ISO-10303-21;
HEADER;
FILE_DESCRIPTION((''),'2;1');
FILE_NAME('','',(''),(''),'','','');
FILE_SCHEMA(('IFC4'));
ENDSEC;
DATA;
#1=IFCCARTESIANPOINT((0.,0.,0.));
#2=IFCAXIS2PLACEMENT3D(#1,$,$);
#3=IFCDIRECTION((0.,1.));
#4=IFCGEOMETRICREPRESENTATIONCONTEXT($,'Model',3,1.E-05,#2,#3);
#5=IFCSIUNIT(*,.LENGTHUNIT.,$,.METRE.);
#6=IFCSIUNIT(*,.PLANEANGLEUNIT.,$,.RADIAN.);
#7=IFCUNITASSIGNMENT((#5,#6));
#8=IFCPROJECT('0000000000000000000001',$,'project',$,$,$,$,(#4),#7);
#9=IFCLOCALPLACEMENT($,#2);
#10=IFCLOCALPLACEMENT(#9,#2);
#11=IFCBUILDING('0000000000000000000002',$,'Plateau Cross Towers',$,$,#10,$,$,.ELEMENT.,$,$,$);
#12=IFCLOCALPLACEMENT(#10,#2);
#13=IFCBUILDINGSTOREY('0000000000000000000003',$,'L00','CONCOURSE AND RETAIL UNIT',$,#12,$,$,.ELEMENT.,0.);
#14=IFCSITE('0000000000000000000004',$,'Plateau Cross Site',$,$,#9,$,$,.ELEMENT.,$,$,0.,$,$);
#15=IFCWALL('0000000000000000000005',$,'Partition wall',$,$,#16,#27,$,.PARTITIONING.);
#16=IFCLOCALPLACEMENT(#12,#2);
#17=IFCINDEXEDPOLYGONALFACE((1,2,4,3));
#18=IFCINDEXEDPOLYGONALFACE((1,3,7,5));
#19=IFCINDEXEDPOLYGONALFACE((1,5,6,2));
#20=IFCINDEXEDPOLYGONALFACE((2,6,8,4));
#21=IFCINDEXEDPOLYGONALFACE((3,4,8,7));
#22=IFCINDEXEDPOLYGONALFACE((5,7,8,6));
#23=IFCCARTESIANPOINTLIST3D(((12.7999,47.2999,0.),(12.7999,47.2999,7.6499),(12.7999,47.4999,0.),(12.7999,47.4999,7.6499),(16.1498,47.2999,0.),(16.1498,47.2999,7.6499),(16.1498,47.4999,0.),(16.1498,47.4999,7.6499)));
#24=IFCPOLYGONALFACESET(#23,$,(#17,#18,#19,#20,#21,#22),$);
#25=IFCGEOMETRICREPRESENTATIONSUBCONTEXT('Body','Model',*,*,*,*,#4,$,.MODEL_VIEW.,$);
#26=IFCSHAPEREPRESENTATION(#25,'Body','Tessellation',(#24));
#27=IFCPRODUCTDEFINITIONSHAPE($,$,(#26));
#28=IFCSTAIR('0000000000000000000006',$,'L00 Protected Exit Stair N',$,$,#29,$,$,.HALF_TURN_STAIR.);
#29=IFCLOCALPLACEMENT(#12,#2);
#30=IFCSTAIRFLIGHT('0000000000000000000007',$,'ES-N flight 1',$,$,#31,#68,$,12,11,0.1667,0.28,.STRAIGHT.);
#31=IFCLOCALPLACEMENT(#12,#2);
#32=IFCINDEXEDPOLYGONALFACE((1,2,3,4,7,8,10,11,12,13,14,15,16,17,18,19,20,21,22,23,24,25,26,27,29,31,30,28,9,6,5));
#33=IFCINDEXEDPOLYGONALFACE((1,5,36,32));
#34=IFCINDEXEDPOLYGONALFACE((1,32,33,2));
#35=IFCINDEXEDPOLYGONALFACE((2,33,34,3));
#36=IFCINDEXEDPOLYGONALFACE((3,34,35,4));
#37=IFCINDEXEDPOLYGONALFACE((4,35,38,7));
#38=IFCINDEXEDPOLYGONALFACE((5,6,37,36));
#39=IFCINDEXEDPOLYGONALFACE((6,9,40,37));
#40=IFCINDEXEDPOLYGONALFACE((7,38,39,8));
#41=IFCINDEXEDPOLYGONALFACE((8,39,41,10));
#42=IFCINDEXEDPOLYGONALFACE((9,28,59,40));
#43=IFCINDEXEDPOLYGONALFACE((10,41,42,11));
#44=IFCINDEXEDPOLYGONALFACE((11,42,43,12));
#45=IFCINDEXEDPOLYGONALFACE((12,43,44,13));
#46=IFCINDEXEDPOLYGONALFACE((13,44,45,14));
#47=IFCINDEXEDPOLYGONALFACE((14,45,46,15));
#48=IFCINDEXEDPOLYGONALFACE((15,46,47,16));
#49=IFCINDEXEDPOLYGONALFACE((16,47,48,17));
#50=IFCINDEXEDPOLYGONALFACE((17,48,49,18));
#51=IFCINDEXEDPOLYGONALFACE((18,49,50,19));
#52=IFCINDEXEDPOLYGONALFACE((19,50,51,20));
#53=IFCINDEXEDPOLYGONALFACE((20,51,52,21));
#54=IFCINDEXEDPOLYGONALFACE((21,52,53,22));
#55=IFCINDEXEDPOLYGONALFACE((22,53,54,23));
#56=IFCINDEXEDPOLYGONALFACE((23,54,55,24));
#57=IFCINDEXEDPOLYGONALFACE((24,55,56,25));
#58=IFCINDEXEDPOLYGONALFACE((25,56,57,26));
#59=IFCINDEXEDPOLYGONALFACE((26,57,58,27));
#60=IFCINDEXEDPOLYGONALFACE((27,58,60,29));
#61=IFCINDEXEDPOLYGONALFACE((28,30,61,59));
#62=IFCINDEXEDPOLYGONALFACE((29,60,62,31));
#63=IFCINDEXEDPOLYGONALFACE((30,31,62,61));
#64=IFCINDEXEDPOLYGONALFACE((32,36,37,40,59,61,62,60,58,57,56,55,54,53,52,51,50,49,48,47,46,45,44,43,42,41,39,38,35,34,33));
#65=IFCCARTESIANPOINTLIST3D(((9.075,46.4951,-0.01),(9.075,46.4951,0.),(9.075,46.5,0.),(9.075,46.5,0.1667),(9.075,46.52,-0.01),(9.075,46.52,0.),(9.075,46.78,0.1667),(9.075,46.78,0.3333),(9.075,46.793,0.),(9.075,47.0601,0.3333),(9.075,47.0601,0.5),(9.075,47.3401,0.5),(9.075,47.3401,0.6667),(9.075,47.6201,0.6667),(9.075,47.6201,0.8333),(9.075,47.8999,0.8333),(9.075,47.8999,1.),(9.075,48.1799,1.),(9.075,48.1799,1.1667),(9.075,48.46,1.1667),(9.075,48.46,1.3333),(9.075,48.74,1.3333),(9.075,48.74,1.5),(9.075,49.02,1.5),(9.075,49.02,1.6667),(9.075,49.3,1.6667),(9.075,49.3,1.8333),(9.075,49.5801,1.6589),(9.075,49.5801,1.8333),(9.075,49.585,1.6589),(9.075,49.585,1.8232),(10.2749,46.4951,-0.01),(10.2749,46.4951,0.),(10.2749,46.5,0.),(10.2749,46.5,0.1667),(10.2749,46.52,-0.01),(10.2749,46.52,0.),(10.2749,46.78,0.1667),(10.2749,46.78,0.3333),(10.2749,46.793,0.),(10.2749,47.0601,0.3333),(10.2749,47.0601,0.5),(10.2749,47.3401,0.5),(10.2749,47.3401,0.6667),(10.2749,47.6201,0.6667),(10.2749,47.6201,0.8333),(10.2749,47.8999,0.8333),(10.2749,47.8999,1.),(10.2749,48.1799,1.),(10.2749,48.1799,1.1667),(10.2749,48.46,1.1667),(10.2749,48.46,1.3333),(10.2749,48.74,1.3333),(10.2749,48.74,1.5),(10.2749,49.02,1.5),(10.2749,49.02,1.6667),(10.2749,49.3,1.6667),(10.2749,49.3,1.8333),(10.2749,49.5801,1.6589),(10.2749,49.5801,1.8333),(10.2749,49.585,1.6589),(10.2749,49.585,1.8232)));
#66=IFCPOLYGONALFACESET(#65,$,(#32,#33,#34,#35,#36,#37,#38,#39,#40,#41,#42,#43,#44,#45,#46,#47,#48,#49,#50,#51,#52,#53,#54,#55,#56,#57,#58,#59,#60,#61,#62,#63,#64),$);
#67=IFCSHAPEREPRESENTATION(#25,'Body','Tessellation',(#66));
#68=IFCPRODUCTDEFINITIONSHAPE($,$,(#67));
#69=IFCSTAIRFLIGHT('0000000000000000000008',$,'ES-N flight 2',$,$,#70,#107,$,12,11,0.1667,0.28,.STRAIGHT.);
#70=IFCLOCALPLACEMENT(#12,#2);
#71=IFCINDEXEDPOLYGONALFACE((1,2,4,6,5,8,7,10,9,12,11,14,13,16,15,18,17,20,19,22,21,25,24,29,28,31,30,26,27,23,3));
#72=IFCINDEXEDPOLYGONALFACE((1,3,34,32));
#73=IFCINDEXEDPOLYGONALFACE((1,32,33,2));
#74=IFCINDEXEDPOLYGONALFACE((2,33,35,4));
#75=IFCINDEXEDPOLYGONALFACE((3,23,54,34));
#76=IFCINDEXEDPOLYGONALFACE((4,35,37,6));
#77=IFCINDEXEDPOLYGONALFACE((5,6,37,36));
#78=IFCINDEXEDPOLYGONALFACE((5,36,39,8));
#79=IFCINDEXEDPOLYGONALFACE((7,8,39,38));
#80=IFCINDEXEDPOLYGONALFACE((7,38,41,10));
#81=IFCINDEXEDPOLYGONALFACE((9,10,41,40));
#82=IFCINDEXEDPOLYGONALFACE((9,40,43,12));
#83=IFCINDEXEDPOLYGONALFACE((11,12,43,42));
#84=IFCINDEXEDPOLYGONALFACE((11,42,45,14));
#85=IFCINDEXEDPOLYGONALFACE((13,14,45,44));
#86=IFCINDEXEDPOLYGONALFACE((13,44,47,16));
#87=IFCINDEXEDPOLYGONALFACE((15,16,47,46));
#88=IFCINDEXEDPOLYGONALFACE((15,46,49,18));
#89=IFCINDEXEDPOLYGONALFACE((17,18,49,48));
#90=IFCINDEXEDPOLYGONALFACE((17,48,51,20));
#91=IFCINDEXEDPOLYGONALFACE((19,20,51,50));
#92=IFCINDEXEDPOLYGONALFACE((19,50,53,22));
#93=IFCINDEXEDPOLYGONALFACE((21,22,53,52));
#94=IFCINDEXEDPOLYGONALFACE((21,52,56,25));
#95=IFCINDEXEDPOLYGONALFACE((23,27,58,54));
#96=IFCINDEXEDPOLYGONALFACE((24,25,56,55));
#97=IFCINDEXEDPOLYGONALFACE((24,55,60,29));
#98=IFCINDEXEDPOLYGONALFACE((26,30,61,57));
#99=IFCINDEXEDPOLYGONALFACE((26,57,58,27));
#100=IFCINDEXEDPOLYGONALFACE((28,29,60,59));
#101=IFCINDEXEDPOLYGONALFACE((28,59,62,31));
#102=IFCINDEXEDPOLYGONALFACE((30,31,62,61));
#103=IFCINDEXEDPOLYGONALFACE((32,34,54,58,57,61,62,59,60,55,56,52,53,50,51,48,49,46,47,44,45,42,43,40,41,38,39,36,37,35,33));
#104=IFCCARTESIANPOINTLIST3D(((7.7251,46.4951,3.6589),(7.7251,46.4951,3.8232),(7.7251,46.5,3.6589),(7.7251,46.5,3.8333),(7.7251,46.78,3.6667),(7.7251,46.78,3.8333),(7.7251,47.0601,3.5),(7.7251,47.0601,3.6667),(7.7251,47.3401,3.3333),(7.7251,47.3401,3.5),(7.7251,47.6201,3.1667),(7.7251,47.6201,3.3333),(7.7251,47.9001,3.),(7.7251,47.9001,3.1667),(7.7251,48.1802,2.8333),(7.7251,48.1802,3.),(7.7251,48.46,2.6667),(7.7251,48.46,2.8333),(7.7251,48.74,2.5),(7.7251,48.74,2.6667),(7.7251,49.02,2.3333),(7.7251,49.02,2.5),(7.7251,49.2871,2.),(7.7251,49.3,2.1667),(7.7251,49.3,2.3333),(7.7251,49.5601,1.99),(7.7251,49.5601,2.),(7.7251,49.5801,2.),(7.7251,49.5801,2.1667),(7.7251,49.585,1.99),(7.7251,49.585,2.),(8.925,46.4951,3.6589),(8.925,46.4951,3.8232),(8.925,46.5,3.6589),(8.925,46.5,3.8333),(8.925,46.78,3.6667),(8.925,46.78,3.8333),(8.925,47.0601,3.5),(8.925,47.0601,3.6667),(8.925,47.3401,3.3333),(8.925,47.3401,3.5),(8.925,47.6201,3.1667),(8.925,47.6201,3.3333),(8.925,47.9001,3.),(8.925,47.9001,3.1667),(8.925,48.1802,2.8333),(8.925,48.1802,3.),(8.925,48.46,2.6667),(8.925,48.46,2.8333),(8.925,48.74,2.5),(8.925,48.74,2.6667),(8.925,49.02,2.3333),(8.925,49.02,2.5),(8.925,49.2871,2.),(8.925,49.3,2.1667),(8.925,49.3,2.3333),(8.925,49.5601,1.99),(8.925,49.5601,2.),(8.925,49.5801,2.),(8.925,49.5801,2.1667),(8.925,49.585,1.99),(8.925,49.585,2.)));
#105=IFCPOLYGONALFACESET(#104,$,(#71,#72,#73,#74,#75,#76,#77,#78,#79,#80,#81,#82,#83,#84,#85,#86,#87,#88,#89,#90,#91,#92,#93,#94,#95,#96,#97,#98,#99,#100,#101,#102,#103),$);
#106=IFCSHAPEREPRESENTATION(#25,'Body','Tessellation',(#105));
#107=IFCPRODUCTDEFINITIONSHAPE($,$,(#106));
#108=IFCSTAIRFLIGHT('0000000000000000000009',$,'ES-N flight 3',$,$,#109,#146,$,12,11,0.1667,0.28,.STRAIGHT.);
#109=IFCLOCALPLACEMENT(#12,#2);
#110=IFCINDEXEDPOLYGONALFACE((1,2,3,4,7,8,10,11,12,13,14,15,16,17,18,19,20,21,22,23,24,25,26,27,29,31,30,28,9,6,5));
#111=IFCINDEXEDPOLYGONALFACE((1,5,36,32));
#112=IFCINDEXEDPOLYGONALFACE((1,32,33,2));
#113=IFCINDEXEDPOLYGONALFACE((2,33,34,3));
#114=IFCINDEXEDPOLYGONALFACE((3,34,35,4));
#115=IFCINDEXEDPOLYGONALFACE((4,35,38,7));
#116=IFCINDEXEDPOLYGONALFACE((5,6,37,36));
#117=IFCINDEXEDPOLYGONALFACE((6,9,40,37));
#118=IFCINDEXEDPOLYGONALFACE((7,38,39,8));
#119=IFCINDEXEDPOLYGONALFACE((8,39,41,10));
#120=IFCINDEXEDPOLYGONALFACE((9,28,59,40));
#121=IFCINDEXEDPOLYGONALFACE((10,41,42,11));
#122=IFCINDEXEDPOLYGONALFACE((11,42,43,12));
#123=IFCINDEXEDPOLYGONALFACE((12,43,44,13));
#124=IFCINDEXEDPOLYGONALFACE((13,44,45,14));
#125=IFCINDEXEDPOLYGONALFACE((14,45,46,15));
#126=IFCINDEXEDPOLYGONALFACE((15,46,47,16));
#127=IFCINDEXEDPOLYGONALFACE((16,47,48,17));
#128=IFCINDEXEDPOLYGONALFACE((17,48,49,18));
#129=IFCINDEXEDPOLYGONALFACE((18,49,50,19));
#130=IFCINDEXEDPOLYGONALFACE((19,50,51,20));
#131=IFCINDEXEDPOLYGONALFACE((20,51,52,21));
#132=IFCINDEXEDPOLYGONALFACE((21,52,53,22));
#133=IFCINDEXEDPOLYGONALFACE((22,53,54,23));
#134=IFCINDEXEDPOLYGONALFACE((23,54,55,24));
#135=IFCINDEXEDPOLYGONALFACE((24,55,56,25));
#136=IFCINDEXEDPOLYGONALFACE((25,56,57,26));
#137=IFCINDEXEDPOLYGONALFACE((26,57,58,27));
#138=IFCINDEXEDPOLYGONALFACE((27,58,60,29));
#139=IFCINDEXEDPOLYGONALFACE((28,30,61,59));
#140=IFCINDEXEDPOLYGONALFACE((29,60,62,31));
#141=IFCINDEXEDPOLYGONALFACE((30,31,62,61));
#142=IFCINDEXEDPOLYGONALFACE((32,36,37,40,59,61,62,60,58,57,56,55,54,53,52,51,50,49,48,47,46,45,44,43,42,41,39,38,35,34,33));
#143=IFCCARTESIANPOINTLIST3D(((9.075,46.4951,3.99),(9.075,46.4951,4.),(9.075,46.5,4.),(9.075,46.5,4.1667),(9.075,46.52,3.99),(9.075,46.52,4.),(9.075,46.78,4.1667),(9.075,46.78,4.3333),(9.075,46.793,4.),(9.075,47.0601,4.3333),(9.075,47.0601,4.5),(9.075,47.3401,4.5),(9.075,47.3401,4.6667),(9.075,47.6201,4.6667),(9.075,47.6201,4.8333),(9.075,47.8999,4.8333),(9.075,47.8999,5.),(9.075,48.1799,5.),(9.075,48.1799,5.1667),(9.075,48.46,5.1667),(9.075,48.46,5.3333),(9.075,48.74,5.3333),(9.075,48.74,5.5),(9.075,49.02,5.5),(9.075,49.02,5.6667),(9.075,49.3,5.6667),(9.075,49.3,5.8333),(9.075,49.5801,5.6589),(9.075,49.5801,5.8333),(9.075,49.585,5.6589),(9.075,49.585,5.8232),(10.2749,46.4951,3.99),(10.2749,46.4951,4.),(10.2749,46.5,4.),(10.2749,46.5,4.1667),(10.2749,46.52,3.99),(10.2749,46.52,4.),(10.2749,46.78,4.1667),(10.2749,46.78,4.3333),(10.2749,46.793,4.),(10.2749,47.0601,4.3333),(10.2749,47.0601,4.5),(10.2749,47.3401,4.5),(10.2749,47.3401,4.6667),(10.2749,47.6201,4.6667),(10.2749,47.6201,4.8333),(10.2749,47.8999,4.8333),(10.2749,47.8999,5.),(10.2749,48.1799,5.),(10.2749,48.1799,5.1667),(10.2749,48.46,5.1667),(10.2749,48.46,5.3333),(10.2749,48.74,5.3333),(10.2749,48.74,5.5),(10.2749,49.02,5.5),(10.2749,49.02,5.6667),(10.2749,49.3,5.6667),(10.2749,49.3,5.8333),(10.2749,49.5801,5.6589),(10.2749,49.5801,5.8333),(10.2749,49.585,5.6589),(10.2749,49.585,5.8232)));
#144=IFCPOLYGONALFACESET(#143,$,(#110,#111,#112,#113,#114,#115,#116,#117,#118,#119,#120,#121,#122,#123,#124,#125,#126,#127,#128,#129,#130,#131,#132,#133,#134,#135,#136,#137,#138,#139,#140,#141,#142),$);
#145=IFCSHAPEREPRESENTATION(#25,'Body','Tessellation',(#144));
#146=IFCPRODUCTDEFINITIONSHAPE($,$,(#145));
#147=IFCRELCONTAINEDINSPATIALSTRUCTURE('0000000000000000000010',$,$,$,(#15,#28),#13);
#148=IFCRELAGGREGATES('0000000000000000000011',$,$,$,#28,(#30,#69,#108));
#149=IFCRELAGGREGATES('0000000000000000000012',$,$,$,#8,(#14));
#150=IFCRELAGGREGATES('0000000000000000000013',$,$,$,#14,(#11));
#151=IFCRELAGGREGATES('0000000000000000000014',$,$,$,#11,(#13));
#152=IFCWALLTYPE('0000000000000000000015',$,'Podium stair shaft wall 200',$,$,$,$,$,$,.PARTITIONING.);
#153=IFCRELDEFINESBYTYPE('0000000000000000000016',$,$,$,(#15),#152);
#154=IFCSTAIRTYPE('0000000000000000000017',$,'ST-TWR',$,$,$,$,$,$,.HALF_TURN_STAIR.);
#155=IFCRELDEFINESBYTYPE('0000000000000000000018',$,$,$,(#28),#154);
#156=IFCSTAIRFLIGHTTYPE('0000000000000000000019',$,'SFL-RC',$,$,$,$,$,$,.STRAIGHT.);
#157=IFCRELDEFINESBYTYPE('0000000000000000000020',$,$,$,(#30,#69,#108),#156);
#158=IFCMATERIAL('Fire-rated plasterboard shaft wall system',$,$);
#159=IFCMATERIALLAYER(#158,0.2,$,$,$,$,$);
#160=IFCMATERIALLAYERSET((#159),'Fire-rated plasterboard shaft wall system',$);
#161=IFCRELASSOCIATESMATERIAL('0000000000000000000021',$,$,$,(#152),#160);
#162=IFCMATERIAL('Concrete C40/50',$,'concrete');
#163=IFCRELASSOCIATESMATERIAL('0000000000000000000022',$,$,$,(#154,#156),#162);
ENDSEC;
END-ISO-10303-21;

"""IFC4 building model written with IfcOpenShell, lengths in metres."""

from ifc_helpers import new_model, si_unit, direction, frame, frame_2d, origin, place, context, subcontext, project, spatial, polyline, rectangle, outline, extrude, material, layer, layer_set, type_object, element, aggregate, save


model = new_model("IFC4")

# Units and contexts
model_context = context("Model", 3, precision=1e-05, world=origin(), true_north=direction((0.0, 1.0)))
body_context = subcontext(model_context, "Body", "Model", "MODEL_VIEW")
ifc_project = project(units=[si_unit("LENGTHUNIT", "METRE"), si_unit("PLANEANGLEUNIT", "RADIAN")], contexts=[model_context])

# Site, building, storey
site_placement = place(None, origin())
site = spatial("IfcSite", under=ifc_project, at=site_placement, Name="Plateau Cross Site", CompositionType="ELEMENT", RefElevation=0.0)
building_placement = place(site_placement, origin())
building = spatial("IfcBuilding", under=site, at=building_placement, Name="Plateau Cross Towers", CompositionType="ELEMENT")
storey_placement = place(building_placement, origin())
storey = spatial("IfcBuildingStorey", under=building, at=storey_placement, Name="L00", Description="CONCOURSE AND RETAIL UNIT", CompositionType="ELEMENT", Elevation=0.0)

# Wall
ifc_material_1 = material(Name="Fire-rated plasterboard shaft wall system")
ifc_layer_1 = layer(ifc_material_1, 0.2)
ifc_layer_set_1 = layer_set([ifc_layer_1], Name="Fire-rated plasterboard shaft wall system")
wall_type_1 = type_object("IfcWallType", Name="Podium stair shaft wall 200", PredefinedType="PARTITIONING", material=ifc_layer_set_1)
wall_1_placement = place(storey_placement, frame((12.8, 47.3999, 0.0), z_axis=(0.0, 0.0, 1.0), x_axis=(1.0, 0.0, 0.0)))
element("IfcWall", 1, at=wall_1_placement, inside=storey, type_object=wall_type_1, Name="Partition wall", PredefinedType="PARTITIONING", context=body_context, shape_type="SweptSolid", body=[
    extrude(rectangle(XDim=3.3499, YDim=0.2, at=frame_2d((1.6748, 0.0))), origin(), (0.0, 0.0, 1.0), 7.6499),
])

# Stair, stair flights
ifc_material_2 = material(Name="Concrete C40/50", Category="concrete")
stair_type = type_object("IfcStairType", Name="ST-TWR", PredefinedType="HALF_TURN_STAIR", material=ifc_material_2)
stair_placement = place(storey_placement, origin())
stair = element("IfcStair", 2, at=stair_placement, inside=storey, type_object=stair_type, Name="L00 Protected Exit Stair N", PredefinedType="HALF_TURN_STAIR")
stair_flight_type = type_object("IfcStairFlightType", Name="SFL-RC", PredefinedType="STRAIGHT", material=ifc_material_2)
stair_flight_1_placement = place(storey_placement, frame((9.675, 46.5, 0.0), z_axis=(0.0, 0.0, 1.0), x_axis=(0.0, 1.0, 0.0)))
stair_flight_1 = element("IfcStairFlight", 3, at=stair_flight_1_placement, type_object=stair_flight_type, Name="ES-N flight 1", NumberOfRisers=12, NumberOfTreads=11, PredefinedType="STRAIGHT", RiserHeight=0.1667, TreadLength=0.28, context=body_context, shape_type="SweptSolid", body=[
    extrude(outline(polyline([(-0.0049, -0.01), (-0.0049, 0.0), (0.0, 0.0), (0.0, 0.1667), (0.28, 0.1667), (0.28, 0.3333), (0.5601, 0.3333), (0.5601, 0.5), (0.8401, 0.5), (0.8401, 0.6667), (1.1201, 0.6667), (1.1201, 0.8333), (1.3999, 0.8333), (1.3999, 1.0), (1.6799, 1.0), (1.6799, 1.1667), (1.96, 1.1667), (1.96, 1.3333), (2.24, 1.3333), (2.24, 1.5), (2.52, 1.5), (2.52, 1.6667), (2.8, 1.6667), (2.8, 1.8333), (3.0801, 1.8333), (3.085, 1.8232), (3.085, 1.6589), (3.0801, 1.6589), (0.293, 0.0), (0.02, 0.0), (0.02, -0.01), (-0.0049, -0.01)])), frame((0.0, 0.6001, 0.0), z_axis=(0.0, -1.0, 0.0), x_axis=(1.0, 0.0, 0.0)), (0.0, 0.0, 1.0), 1.2),
])
stair_flight_2_placement = place(storey_placement, frame((8.325, 49.5801, 2.0), z_axis=(0.0, 0.0, 1.0), x_axis=(0.0, -1.0, 0.0)))
stair_flight_2 = element("IfcStairFlight", 4, at=stair_flight_2_placement, type_object=stair_flight_type, Name="ES-N flight 2", NumberOfRisers=12, NumberOfTreads=11, PredefinedType="STRAIGHT", RiserHeight=0.1667, TreadLength=0.28, context=body_context, shape_type="SweptSolid", body=[
    extrude(outline(polyline([(-0.0049, -0.01), (-0.0049, 0.0), (0.0, 0.0), (0.0, 0.1667), (0.28, 0.1667), (0.28, 0.3333), (0.5601, 0.3333), (0.5601, 0.5), (0.8401, 0.5), (0.8401, 0.6667), (1.1201, 0.6667), (1.1201, 0.8333), (1.3999, 0.8333), (1.3999, 1.0), (1.6799, 1.0), (1.6799, 1.1667), (1.96, 1.1667), (1.96, 1.3333), (2.24, 1.3333), (2.24, 1.5), (2.52, 1.5), (2.52, 1.6667), (2.8, 1.6667), (2.8, 1.8333), (3.0801, 1.8333), (3.085, 1.8232), (3.085, 1.6589), (3.0801, 1.6589), (0.293, 0.0), (0.02, 0.0), (0.02, -0.01), (-0.0049, -0.01)])), frame((0.0, 0.6001, 0.0), z_axis=(0.0, -1.0, 0.0), x_axis=(1.0, 0.0, 0.0)), (0.0, 0.0, 1.0), 1.2),
])
stair_flight_3_placement = place(storey_placement, frame((9.675, 46.5, 4.0), z_axis=(0.0, 0.0, 1.0), x_axis=(0.0, 1.0, 0.0)))
stair_flight_3 = element("IfcStairFlight", 5, at=stair_flight_3_placement, type_object=stair_flight_type, Name="ES-N flight 3", NumberOfRisers=12, NumberOfTreads=11, PredefinedType="STRAIGHT", RiserHeight=0.1667, TreadLength=0.28, context=body_context, shape_type="SweptSolid", body=[
    extrude(outline(polyline([(-0.0049, -0.01), (-0.0049, 0.0), (0.0, 0.0), (0.0, 0.1667), (0.28, 0.1667), (0.28, 0.3333), (0.5601, 0.3333), (0.5601, 0.5), (0.8401, 0.5), (0.8401, 0.6667), (1.1201, 0.6667), (1.1201, 0.8333), (1.3999, 0.8333), (1.3999, 1.0), (1.6799, 1.0), (1.6799, 1.1667), (1.96, 1.1667), (1.96, 1.3333), (2.24, 1.3333), (2.24, 1.5), (2.52, 1.5), (2.52, 1.6667), (2.8, 1.6667), (2.8, 1.8333), (3.0801, 1.8333), (3.085, 1.8232), (3.085, 1.6589), (3.0801, 1.6589), (0.293, 0.0), (0.02, 0.0), (0.02, -0.01), (-0.0049, -0.01)])), frame((0.0, 0.6001, 0.0), z_axis=(0.0, -1.0, 0.0), x_axis=(1.0, 0.0, 0.0)), (0.0, 0.0, 1.0), 1.2),
])
aggregate(stair, [stair_flight_1, stair_flight_2, stair_flight_3])

save(model, "model.ifc")
